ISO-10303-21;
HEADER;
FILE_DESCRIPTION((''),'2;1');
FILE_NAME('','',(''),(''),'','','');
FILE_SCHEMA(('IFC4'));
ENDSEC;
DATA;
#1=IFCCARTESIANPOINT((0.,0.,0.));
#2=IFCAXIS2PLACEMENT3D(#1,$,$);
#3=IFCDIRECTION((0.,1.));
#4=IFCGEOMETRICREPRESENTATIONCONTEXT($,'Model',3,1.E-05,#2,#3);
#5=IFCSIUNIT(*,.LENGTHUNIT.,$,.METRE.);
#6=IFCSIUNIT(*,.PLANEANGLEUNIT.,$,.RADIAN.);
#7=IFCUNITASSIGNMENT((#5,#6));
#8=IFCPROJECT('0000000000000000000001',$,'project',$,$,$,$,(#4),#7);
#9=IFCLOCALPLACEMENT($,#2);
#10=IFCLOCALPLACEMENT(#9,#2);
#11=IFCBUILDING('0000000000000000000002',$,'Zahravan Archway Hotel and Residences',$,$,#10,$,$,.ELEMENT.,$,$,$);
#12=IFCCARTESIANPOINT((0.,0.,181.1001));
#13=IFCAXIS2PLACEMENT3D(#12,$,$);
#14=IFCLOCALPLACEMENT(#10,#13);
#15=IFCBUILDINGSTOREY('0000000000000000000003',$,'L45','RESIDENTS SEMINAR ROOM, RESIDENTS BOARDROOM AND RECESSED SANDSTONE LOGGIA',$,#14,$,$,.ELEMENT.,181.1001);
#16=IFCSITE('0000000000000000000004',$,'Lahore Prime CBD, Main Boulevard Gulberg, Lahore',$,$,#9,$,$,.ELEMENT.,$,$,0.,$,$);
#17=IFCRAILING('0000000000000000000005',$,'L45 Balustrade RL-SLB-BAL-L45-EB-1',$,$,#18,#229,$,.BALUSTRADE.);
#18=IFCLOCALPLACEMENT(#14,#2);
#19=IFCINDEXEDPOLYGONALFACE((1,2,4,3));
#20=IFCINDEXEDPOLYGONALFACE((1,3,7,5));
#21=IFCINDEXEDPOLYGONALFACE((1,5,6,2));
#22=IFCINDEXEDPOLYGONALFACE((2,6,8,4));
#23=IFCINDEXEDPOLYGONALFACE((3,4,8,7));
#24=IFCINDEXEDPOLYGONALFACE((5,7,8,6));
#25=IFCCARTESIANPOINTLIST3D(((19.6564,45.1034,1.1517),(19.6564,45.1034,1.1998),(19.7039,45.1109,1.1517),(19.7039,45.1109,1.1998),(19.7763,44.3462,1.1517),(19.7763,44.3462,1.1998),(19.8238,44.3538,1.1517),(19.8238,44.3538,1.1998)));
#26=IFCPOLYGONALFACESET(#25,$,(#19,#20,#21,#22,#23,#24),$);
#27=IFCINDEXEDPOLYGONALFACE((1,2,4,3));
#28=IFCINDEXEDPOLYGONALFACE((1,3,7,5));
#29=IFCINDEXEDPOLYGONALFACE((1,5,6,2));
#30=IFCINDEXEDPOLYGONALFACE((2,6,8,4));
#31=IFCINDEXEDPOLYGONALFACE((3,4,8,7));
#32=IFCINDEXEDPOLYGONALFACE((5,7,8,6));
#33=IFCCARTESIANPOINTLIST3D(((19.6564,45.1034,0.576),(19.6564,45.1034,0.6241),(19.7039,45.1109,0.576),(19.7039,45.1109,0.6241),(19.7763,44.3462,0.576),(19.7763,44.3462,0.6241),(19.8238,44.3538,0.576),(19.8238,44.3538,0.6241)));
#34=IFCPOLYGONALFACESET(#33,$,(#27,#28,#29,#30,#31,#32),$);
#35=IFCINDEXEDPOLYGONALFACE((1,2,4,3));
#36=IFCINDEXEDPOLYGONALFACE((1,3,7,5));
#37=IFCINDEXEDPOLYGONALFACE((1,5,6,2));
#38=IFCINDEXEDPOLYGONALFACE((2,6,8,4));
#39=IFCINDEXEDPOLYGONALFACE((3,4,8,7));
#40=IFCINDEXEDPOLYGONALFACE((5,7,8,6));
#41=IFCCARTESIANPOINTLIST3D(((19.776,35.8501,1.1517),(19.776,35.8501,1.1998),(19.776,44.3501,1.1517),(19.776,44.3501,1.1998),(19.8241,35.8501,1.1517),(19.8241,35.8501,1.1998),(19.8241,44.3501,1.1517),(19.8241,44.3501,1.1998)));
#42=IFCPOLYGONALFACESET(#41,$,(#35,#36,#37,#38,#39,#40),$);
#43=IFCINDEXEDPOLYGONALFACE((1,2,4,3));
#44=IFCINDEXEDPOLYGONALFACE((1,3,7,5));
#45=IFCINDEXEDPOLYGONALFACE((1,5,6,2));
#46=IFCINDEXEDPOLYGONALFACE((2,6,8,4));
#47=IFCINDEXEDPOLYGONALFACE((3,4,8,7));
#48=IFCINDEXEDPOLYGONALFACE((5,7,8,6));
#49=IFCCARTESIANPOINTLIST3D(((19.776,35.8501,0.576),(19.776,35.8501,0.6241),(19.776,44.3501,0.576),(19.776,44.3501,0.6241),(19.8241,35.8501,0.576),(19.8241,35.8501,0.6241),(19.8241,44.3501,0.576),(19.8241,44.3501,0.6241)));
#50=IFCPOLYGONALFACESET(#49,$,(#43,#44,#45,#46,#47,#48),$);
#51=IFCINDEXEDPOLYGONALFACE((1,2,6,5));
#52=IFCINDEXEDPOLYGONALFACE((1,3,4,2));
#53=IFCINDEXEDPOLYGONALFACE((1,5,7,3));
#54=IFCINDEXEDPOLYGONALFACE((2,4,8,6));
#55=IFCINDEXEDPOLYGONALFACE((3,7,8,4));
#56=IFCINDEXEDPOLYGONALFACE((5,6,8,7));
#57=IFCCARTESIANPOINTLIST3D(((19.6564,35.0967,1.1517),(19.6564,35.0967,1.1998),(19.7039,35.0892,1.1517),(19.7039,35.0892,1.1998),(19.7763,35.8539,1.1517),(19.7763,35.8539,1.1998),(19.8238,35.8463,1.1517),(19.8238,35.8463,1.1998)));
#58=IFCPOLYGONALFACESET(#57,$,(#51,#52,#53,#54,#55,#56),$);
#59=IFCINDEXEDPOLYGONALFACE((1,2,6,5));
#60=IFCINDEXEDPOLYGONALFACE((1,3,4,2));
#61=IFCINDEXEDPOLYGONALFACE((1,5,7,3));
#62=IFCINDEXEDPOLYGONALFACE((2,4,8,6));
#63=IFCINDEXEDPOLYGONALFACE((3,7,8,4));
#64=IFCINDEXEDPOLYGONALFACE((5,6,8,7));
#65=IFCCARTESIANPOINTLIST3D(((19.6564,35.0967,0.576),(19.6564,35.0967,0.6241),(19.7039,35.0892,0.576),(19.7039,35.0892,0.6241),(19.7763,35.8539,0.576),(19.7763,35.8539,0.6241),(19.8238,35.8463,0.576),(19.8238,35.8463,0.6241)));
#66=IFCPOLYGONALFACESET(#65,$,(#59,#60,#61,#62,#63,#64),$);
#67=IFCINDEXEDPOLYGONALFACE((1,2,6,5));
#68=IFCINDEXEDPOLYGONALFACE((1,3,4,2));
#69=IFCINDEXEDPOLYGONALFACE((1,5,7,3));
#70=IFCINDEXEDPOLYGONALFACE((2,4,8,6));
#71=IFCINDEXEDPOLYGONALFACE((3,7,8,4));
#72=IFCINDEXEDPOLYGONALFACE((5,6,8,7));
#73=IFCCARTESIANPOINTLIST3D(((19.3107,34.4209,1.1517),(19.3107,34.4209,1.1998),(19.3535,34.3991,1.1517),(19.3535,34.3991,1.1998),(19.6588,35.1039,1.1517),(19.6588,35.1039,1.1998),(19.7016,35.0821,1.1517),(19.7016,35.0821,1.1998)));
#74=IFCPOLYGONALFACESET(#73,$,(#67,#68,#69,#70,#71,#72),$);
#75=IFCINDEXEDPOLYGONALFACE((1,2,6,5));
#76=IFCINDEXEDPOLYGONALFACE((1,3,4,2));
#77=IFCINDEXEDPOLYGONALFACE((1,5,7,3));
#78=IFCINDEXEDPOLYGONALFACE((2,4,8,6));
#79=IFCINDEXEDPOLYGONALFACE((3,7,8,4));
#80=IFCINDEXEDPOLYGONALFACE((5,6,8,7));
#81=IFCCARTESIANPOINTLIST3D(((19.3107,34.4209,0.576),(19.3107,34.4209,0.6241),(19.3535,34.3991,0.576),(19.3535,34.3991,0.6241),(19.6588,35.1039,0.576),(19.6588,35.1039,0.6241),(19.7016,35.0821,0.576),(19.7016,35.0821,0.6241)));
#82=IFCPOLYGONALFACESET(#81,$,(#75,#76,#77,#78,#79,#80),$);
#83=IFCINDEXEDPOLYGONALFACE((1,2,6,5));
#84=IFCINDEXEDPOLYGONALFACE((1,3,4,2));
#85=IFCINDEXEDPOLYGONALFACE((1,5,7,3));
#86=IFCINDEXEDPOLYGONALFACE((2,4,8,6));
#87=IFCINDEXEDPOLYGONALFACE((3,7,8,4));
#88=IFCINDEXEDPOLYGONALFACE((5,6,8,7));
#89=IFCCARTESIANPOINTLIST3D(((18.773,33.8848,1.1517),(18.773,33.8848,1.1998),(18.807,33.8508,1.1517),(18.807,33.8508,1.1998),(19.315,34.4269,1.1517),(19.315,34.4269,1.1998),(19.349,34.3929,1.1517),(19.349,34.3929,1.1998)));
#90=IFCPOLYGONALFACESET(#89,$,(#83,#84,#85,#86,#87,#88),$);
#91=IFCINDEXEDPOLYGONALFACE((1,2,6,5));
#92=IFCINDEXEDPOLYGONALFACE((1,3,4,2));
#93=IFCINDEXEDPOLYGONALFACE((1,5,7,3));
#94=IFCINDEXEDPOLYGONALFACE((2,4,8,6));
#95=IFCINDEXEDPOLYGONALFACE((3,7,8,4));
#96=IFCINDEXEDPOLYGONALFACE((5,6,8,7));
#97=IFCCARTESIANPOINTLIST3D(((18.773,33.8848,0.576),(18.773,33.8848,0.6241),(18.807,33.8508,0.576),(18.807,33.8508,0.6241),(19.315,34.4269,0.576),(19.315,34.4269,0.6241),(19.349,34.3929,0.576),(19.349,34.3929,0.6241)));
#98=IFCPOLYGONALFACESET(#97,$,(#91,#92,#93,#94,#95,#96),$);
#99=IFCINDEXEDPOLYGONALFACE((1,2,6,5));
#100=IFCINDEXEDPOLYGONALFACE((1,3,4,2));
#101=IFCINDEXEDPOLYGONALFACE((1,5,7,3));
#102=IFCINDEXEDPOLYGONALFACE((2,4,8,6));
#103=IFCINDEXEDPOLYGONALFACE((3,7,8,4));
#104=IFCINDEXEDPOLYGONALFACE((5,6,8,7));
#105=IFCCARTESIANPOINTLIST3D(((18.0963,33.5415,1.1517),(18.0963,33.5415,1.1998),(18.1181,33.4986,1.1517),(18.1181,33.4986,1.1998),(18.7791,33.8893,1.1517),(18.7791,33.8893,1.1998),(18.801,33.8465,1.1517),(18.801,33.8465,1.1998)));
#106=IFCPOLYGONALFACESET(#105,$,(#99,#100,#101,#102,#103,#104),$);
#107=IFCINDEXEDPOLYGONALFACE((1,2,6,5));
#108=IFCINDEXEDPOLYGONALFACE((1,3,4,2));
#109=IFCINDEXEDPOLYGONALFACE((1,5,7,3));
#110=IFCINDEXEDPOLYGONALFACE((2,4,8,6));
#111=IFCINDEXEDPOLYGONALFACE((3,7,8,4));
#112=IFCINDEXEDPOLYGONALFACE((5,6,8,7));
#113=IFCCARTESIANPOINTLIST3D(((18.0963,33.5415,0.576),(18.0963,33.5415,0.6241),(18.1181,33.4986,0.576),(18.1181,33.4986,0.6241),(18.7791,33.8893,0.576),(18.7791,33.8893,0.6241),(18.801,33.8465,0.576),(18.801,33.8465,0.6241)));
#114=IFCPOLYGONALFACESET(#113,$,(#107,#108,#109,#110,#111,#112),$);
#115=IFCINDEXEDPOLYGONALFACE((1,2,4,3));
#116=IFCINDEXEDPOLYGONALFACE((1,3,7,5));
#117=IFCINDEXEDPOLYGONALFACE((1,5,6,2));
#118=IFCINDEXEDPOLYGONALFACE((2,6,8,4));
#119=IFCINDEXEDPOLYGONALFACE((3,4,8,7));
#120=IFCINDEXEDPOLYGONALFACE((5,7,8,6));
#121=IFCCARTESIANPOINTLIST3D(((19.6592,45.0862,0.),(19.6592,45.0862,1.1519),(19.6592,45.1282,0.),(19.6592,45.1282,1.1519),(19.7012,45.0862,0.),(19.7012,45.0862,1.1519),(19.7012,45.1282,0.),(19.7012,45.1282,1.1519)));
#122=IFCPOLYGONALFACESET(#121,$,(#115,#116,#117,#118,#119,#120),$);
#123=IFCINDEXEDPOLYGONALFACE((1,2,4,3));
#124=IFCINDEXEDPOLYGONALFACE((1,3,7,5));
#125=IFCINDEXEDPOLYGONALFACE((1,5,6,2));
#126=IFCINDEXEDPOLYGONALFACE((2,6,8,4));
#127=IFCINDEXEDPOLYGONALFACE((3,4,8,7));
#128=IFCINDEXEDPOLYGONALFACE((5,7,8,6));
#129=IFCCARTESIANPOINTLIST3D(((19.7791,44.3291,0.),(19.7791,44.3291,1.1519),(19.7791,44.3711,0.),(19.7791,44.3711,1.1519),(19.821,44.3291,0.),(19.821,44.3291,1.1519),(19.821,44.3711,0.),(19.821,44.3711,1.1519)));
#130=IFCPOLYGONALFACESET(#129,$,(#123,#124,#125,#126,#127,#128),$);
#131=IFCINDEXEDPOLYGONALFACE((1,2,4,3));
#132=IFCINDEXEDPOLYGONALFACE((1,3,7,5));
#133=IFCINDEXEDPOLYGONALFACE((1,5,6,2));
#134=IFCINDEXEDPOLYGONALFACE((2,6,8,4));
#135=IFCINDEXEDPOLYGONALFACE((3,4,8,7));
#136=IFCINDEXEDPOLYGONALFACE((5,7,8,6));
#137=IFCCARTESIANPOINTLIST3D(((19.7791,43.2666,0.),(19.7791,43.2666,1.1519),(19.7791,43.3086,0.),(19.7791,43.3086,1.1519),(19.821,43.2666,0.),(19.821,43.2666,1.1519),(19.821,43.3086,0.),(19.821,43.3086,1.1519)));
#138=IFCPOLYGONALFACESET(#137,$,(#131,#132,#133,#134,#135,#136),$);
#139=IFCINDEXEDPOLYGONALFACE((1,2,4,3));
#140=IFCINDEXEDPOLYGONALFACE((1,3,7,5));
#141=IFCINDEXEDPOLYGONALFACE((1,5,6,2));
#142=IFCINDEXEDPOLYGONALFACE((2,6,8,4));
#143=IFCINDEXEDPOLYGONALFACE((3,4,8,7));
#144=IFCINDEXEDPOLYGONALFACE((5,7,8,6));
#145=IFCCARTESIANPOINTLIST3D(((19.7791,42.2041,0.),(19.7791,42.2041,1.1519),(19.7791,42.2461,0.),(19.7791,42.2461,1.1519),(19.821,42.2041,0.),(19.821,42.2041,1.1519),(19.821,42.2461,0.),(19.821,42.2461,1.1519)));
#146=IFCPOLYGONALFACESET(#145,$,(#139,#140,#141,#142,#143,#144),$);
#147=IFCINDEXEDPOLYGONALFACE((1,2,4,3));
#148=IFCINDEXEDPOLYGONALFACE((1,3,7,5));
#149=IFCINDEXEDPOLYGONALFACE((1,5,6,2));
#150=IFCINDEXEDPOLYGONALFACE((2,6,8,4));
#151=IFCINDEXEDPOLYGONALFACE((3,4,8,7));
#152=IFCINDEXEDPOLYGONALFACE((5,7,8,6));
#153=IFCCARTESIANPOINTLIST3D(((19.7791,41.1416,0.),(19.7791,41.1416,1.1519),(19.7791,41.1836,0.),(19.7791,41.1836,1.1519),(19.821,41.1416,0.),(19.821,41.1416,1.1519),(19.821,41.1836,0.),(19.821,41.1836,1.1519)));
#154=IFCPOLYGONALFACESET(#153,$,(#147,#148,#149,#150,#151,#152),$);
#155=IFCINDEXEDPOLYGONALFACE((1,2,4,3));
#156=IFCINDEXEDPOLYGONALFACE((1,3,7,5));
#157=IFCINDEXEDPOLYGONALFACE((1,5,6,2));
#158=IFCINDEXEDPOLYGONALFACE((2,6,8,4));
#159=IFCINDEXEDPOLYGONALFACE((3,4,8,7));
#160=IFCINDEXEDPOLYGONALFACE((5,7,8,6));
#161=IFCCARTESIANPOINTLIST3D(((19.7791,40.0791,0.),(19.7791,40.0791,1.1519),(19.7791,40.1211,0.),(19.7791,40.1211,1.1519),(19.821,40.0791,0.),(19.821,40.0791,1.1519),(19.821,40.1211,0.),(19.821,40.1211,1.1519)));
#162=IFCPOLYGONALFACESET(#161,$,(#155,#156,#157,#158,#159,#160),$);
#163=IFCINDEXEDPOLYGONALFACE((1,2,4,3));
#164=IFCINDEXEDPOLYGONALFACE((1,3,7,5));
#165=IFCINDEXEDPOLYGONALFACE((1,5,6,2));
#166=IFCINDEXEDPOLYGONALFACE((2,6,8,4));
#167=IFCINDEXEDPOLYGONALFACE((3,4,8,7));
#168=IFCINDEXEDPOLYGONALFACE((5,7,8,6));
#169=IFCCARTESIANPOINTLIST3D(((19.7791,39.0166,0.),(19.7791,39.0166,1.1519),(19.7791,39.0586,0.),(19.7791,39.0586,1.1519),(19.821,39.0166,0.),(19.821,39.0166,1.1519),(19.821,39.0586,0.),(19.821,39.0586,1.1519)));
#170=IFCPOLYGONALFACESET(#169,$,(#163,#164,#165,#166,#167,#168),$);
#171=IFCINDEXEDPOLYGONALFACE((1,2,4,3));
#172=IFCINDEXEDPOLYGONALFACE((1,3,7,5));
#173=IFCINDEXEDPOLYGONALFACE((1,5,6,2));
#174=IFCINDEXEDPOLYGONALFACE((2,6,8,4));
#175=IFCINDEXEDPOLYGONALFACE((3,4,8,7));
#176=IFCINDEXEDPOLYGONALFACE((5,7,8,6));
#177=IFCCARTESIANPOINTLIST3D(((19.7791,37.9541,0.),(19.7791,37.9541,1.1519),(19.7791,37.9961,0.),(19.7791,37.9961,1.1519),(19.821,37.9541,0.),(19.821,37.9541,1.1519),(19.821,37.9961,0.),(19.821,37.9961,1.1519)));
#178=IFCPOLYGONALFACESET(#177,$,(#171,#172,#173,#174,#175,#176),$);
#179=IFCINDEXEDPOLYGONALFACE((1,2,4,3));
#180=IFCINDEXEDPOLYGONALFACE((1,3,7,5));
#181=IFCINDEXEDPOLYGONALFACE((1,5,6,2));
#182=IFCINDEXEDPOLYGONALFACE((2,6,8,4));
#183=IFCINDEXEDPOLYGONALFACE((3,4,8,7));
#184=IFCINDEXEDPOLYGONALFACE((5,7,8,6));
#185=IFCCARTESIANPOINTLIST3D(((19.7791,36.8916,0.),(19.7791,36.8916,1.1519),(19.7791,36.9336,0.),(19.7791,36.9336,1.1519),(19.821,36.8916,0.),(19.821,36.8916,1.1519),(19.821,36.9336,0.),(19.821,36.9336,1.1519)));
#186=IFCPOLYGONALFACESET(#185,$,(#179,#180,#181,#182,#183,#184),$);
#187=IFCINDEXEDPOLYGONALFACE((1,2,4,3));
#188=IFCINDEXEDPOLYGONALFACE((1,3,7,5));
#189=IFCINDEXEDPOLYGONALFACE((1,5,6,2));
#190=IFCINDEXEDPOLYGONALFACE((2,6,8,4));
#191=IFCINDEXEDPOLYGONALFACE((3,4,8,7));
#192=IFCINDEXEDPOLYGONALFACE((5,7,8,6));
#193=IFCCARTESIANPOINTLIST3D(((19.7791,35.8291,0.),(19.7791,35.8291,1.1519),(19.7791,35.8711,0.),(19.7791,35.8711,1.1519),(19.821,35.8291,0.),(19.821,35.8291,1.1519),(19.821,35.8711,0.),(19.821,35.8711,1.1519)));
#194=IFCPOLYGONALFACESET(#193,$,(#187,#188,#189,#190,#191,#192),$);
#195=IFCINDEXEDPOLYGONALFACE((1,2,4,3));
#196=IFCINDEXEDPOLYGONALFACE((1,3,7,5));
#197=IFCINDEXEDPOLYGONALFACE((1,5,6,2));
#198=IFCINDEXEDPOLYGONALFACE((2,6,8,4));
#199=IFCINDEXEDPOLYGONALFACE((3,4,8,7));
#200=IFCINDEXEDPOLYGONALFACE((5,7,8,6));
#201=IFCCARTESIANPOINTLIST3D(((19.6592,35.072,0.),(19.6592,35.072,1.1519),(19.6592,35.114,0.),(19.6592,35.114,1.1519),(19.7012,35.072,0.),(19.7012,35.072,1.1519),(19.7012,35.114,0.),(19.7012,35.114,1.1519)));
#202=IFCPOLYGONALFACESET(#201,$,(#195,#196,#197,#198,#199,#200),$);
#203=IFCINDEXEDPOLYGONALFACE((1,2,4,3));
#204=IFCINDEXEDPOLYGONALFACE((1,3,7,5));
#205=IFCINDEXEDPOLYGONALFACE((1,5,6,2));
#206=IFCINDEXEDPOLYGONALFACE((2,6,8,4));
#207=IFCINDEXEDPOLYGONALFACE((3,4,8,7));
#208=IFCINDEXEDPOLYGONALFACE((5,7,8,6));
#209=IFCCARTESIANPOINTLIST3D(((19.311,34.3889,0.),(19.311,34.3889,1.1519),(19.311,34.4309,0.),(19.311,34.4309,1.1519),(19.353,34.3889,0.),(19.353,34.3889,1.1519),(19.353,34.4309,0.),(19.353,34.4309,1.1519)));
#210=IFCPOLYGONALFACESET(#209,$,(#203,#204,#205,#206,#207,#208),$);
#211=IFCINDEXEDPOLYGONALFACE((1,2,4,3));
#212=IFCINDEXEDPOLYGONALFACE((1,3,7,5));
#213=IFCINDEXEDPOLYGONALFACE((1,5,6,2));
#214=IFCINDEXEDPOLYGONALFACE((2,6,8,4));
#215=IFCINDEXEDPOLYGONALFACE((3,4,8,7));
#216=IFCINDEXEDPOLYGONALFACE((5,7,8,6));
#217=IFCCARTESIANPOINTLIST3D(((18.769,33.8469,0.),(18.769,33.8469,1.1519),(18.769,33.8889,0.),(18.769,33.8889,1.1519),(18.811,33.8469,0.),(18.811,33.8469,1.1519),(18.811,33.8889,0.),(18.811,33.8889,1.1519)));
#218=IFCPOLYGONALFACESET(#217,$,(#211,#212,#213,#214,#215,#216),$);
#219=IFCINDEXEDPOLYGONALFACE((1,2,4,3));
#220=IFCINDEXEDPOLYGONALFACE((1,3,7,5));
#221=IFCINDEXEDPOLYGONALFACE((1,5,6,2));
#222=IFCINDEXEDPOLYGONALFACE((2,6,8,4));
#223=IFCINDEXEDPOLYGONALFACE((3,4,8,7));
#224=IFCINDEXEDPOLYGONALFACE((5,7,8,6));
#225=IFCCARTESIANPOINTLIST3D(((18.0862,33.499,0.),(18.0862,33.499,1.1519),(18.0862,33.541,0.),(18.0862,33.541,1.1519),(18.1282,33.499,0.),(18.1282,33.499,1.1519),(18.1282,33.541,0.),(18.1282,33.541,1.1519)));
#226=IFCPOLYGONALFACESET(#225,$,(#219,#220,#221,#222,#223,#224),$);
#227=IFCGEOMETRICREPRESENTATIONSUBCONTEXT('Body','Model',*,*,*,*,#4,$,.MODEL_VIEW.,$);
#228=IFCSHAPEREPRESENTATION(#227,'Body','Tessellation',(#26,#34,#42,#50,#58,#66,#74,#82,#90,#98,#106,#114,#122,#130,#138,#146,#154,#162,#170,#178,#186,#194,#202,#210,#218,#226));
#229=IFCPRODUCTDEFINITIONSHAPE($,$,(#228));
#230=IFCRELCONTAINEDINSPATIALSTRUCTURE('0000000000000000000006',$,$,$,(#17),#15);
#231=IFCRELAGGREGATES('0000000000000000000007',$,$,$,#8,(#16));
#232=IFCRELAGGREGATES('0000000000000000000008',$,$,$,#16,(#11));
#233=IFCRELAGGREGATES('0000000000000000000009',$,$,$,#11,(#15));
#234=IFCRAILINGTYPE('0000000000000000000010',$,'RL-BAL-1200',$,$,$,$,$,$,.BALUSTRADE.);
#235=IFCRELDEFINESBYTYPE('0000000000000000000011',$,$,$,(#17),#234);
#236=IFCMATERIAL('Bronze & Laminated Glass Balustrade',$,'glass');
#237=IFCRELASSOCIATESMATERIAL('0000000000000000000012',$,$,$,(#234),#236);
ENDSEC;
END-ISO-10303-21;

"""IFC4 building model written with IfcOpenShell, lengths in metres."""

from ifc_helpers import new_model, si_unit, direction, frame, origin, origin_2d, place, context, subcontext, project, spatial, rectangle, extrude, material, type_object, element, save


model = new_model("IFC4")

# Units and contexts
model_context = context("Model", 3, precision=1e-05, world=origin(), true_north=direction((0.0, 1.0)))
body_context = subcontext(model_context, "Body", "Model", "MODEL_VIEW")
ifc_project = project(units=[si_unit("LENGTHUNIT", "METRE"), si_unit("PLANEANGLEUNIT", "RADIAN")], contexts=[model_context])

# Site, building, storey
site_placement = place(None, origin())
site = spatial("IfcSite", under=ifc_project, at=site_placement, Name="Lahore Prime CBD, Main Boulevard Gulberg, Lahore", CompositionType="ELEMENT", RefElevation=0.0)
building_placement = place(site_placement, origin())
building = spatial("IfcBuilding", under=site, at=building_placement, Name="Zahravan Archway Hotel and Residences", CompositionType="ELEMENT")
storey_placement = place(building_placement, frame((0.0, 0.0, 181.1001)))
storey = spatial("IfcBuildingStorey", under=building, at=storey_placement, Name="L45", Description="RESIDENTS SEMINAR ROOM, RESIDENTS BOARDROOM AND RECESSED SANDSTONE LOGGIA", CompositionType="ELEMENT", Elevation=181.1001)

# Railing
ifc_material_1 = material(Name="Bronze & Laminated Glass Balustrade", Category="glass")
railing_type = type_object("IfcRailingType", Name="RL-BAL-1200", PredefinedType="BALUSTRADE", material=ifc_material_1)
railing_1_placement = place(storey_placement, frame((19.6802, 45.1072, 0.0)))
element("IfcRailing", 1, at=railing_1_placement, inside=storey, type_object=railing_type, Name="L45 Balustrade RL-SLB-BAL-L45-EB-1", PredefinedType="BALUSTRADE", context=body_context, shape_type="SweptSolid", body=[
    extrude(rectangle(XDim=0.0481, YDim=0.0481, at=origin_2d()), frame((0.0, 0.0, 1.1758), z_axis=(0.156388, -0.987696, 0.0), x_axis=(0.987696, 0.156388, 0.0)), (0.0, 0.0, 1.0), 0.7666),
    extrude(rectangle(XDim=0.0481, YDim=0.0481, at=origin_2d()), frame((0.0, 0.0, 0.6001), z_axis=(0.156388, -0.987696, 0.0), x_axis=(0.987696, 0.156388, 0.0)), (0.0, 0.0, 1.0), 0.7666),
    extrude(rectangle(XDim=0.0481, YDim=0.0481, at=origin_2d()), frame((0.1199, -0.7571, 1.1758), z_axis=(0.0, -1.0, 0.0), x_axis=(1.0, 0.0, 0.0)), (0.0, 0.0, 1.0), 8.5),
    extrude(rectangle(XDim=0.0481, YDim=0.0481, at=origin_2d()), frame((0.1199, -0.7571, 0.6001), z_axis=(0.0, -1.0, 0.0), x_axis=(1.0, 0.0, 0.0)), (0.0, 0.0, 1.0), 8.5),
    extrude(rectangle(XDim=0.0481, YDim=0.0481, at=origin_2d()), frame((0.1199, -9.2571, 1.1758), z_axis=(-0.156388, -0.987696, 0.0), x_axis=(0.987696, -0.156388, 0.0)), (0.0, 0.0, 1.0), 0.7666),
    extrude(rectangle(XDim=0.0481, YDim=0.0481, at=origin_2d()), frame((0.1199, -9.2571, 0.6001), z_axis=(-0.156388, -0.987696, 0.0), x_axis=(0.987696, -0.156388, 0.0)), (0.0, 0.0, 1.0), 0.7666),
    extrude(rectangle(XDim=0.0481, YDim=0.0481, at=origin_2d()), frame((0.0, -10.0142, 1.1758), z_axis=(-0.454078, -0.890962, 0.0), x_axis=(0.890962, -0.454078, 0.0)), (0.0, 0.0, 1.0), 0.7666),
    extrude(rectangle(XDim=0.0481, YDim=0.0481, at=origin_2d()), frame((0.0, -10.0142, 0.6001), z_axis=(-0.454078, -0.890962, 0.0), x_axis=(0.890962, -0.454078, 0.0)), (0.0, 0.0, 1.0), 0.7666),
    extrude(rectangle(XDim=0.0481, YDim=0.0481, at=origin_2d()), frame((-0.3481, -10.6973, 1.1758), z_axis=(-0.707107, -0.707107, 0.0), x_axis=(0.707107, -0.707107, 0.0)), (0.0, 0.0, 1.0), 0.7666),
    extrude(rectangle(XDim=0.0481, YDim=0.0481, at=origin_2d()), frame((-0.3481, -10.6973, 0.6001), z_axis=(-0.707107, -0.707107, 0.0), x_axis=(0.707107, -0.707107, 0.0)), (0.0, 0.0, 1.0), 0.7666),
    extrude(rectangle(XDim=0.0481, YDim=0.0481, at=origin_2d()), frame((-0.8901, -11.2393, 1.1758), z_axis=(-0.891025, -0.453954, 0.0), x_axis=(0.453954, -0.891025, 0.0)), (0.0, 0.0, 1.0), 0.7664),
    extrude(rectangle(XDim=0.0481, YDim=0.0481, at=origin_2d()), frame((-0.8901, -11.2393, 0.6001), z_axis=(-0.891025, -0.453954, 0.0), x_axis=(0.453954, -0.891025, 0.0)), (0.0, 0.0, 1.0), 0.7664),
    extrude(rectangle(XDim=0.042, YDim=0.042, at=origin_2d()), origin(), (0.0, 0.0, 1.0), 1.1519),
    extrude(rectangle(XDim=0.042, YDim=0.042, at=origin_2d()), frame((0.1199, -0.7571, 0.0)), (0.0, 0.0, 1.0), 1.1519),
    extrude(rectangle(XDim=0.042, YDim=0.042, at=origin_2d()), frame((0.1199, -1.8196, 0.0)), (0.0, 0.0, 1.0), 1.1519),
    extrude(rectangle(XDim=0.042, YDim=0.042, at=origin_2d()), frame((0.1199, -2.8821, 0.0)), (0.0, 0.0, 1.0), 1.1519),
    extrude(rectangle(XDim=0.042, YDim=0.042, at=origin_2d()), frame((0.1199, -3.9446, 0.0)), (0.0, 0.0, 1.0), 1.1519),
    extrude(rectangle(XDim=0.042, YDim=0.042, at=origin_2d()), frame((0.1199, -5.0071, 0.0)), (0.0, 0.0, 1.0), 1.1519),
    extrude(rectangle(XDim=0.042, YDim=0.042, at=origin_2d()), frame((0.1199, -6.0696, 0.0)), (0.0, 0.0, 1.0), 1.1519),
    extrude(rectangle(XDim=0.042, YDim=0.042, at=origin_2d()), frame((0.1199, -7.1321, 0.0)), (0.0, 0.0, 1.0), 1.1519),
    extrude(rectangle(XDim=0.042, YDim=0.042, at=origin_2d()), frame((0.1199, -8.1946, 0.0)), (0.0, 0.0, 1.0), 1.1519),
    extrude(rectangle(XDim=0.042, YDim=0.042, at=origin_2d()), frame((0.1199, -9.2571, 0.0)), (0.0, 0.0, 1.0), 1.1519),
    extrude(rectangle(XDim=0.042, YDim=0.042, at=origin_2d()), frame((0.0, -10.0142, 0.0)), (0.0, 0.0, 1.0), 1.1519),
    extrude(rectangle(XDim=0.042, YDim=0.042, at=origin_2d()), frame((-0.3481, -10.6973, 0.0)), (0.0, 0.0, 1.0), 1.1519),
    extrude(rectangle(XDim=0.042, YDim=0.042, at=origin_2d()), frame((-0.8901, -11.2393, 0.0)), (0.0, 0.0, 1.0), 1.1519),
    extrude(rectangle(XDim=0.042, YDim=0.042, at=origin_2d()), frame((-1.573, -11.5872, 0.0)), (0.0, 0.0, 1.0), 1.1519),
])

save(model, "model.ifc")
